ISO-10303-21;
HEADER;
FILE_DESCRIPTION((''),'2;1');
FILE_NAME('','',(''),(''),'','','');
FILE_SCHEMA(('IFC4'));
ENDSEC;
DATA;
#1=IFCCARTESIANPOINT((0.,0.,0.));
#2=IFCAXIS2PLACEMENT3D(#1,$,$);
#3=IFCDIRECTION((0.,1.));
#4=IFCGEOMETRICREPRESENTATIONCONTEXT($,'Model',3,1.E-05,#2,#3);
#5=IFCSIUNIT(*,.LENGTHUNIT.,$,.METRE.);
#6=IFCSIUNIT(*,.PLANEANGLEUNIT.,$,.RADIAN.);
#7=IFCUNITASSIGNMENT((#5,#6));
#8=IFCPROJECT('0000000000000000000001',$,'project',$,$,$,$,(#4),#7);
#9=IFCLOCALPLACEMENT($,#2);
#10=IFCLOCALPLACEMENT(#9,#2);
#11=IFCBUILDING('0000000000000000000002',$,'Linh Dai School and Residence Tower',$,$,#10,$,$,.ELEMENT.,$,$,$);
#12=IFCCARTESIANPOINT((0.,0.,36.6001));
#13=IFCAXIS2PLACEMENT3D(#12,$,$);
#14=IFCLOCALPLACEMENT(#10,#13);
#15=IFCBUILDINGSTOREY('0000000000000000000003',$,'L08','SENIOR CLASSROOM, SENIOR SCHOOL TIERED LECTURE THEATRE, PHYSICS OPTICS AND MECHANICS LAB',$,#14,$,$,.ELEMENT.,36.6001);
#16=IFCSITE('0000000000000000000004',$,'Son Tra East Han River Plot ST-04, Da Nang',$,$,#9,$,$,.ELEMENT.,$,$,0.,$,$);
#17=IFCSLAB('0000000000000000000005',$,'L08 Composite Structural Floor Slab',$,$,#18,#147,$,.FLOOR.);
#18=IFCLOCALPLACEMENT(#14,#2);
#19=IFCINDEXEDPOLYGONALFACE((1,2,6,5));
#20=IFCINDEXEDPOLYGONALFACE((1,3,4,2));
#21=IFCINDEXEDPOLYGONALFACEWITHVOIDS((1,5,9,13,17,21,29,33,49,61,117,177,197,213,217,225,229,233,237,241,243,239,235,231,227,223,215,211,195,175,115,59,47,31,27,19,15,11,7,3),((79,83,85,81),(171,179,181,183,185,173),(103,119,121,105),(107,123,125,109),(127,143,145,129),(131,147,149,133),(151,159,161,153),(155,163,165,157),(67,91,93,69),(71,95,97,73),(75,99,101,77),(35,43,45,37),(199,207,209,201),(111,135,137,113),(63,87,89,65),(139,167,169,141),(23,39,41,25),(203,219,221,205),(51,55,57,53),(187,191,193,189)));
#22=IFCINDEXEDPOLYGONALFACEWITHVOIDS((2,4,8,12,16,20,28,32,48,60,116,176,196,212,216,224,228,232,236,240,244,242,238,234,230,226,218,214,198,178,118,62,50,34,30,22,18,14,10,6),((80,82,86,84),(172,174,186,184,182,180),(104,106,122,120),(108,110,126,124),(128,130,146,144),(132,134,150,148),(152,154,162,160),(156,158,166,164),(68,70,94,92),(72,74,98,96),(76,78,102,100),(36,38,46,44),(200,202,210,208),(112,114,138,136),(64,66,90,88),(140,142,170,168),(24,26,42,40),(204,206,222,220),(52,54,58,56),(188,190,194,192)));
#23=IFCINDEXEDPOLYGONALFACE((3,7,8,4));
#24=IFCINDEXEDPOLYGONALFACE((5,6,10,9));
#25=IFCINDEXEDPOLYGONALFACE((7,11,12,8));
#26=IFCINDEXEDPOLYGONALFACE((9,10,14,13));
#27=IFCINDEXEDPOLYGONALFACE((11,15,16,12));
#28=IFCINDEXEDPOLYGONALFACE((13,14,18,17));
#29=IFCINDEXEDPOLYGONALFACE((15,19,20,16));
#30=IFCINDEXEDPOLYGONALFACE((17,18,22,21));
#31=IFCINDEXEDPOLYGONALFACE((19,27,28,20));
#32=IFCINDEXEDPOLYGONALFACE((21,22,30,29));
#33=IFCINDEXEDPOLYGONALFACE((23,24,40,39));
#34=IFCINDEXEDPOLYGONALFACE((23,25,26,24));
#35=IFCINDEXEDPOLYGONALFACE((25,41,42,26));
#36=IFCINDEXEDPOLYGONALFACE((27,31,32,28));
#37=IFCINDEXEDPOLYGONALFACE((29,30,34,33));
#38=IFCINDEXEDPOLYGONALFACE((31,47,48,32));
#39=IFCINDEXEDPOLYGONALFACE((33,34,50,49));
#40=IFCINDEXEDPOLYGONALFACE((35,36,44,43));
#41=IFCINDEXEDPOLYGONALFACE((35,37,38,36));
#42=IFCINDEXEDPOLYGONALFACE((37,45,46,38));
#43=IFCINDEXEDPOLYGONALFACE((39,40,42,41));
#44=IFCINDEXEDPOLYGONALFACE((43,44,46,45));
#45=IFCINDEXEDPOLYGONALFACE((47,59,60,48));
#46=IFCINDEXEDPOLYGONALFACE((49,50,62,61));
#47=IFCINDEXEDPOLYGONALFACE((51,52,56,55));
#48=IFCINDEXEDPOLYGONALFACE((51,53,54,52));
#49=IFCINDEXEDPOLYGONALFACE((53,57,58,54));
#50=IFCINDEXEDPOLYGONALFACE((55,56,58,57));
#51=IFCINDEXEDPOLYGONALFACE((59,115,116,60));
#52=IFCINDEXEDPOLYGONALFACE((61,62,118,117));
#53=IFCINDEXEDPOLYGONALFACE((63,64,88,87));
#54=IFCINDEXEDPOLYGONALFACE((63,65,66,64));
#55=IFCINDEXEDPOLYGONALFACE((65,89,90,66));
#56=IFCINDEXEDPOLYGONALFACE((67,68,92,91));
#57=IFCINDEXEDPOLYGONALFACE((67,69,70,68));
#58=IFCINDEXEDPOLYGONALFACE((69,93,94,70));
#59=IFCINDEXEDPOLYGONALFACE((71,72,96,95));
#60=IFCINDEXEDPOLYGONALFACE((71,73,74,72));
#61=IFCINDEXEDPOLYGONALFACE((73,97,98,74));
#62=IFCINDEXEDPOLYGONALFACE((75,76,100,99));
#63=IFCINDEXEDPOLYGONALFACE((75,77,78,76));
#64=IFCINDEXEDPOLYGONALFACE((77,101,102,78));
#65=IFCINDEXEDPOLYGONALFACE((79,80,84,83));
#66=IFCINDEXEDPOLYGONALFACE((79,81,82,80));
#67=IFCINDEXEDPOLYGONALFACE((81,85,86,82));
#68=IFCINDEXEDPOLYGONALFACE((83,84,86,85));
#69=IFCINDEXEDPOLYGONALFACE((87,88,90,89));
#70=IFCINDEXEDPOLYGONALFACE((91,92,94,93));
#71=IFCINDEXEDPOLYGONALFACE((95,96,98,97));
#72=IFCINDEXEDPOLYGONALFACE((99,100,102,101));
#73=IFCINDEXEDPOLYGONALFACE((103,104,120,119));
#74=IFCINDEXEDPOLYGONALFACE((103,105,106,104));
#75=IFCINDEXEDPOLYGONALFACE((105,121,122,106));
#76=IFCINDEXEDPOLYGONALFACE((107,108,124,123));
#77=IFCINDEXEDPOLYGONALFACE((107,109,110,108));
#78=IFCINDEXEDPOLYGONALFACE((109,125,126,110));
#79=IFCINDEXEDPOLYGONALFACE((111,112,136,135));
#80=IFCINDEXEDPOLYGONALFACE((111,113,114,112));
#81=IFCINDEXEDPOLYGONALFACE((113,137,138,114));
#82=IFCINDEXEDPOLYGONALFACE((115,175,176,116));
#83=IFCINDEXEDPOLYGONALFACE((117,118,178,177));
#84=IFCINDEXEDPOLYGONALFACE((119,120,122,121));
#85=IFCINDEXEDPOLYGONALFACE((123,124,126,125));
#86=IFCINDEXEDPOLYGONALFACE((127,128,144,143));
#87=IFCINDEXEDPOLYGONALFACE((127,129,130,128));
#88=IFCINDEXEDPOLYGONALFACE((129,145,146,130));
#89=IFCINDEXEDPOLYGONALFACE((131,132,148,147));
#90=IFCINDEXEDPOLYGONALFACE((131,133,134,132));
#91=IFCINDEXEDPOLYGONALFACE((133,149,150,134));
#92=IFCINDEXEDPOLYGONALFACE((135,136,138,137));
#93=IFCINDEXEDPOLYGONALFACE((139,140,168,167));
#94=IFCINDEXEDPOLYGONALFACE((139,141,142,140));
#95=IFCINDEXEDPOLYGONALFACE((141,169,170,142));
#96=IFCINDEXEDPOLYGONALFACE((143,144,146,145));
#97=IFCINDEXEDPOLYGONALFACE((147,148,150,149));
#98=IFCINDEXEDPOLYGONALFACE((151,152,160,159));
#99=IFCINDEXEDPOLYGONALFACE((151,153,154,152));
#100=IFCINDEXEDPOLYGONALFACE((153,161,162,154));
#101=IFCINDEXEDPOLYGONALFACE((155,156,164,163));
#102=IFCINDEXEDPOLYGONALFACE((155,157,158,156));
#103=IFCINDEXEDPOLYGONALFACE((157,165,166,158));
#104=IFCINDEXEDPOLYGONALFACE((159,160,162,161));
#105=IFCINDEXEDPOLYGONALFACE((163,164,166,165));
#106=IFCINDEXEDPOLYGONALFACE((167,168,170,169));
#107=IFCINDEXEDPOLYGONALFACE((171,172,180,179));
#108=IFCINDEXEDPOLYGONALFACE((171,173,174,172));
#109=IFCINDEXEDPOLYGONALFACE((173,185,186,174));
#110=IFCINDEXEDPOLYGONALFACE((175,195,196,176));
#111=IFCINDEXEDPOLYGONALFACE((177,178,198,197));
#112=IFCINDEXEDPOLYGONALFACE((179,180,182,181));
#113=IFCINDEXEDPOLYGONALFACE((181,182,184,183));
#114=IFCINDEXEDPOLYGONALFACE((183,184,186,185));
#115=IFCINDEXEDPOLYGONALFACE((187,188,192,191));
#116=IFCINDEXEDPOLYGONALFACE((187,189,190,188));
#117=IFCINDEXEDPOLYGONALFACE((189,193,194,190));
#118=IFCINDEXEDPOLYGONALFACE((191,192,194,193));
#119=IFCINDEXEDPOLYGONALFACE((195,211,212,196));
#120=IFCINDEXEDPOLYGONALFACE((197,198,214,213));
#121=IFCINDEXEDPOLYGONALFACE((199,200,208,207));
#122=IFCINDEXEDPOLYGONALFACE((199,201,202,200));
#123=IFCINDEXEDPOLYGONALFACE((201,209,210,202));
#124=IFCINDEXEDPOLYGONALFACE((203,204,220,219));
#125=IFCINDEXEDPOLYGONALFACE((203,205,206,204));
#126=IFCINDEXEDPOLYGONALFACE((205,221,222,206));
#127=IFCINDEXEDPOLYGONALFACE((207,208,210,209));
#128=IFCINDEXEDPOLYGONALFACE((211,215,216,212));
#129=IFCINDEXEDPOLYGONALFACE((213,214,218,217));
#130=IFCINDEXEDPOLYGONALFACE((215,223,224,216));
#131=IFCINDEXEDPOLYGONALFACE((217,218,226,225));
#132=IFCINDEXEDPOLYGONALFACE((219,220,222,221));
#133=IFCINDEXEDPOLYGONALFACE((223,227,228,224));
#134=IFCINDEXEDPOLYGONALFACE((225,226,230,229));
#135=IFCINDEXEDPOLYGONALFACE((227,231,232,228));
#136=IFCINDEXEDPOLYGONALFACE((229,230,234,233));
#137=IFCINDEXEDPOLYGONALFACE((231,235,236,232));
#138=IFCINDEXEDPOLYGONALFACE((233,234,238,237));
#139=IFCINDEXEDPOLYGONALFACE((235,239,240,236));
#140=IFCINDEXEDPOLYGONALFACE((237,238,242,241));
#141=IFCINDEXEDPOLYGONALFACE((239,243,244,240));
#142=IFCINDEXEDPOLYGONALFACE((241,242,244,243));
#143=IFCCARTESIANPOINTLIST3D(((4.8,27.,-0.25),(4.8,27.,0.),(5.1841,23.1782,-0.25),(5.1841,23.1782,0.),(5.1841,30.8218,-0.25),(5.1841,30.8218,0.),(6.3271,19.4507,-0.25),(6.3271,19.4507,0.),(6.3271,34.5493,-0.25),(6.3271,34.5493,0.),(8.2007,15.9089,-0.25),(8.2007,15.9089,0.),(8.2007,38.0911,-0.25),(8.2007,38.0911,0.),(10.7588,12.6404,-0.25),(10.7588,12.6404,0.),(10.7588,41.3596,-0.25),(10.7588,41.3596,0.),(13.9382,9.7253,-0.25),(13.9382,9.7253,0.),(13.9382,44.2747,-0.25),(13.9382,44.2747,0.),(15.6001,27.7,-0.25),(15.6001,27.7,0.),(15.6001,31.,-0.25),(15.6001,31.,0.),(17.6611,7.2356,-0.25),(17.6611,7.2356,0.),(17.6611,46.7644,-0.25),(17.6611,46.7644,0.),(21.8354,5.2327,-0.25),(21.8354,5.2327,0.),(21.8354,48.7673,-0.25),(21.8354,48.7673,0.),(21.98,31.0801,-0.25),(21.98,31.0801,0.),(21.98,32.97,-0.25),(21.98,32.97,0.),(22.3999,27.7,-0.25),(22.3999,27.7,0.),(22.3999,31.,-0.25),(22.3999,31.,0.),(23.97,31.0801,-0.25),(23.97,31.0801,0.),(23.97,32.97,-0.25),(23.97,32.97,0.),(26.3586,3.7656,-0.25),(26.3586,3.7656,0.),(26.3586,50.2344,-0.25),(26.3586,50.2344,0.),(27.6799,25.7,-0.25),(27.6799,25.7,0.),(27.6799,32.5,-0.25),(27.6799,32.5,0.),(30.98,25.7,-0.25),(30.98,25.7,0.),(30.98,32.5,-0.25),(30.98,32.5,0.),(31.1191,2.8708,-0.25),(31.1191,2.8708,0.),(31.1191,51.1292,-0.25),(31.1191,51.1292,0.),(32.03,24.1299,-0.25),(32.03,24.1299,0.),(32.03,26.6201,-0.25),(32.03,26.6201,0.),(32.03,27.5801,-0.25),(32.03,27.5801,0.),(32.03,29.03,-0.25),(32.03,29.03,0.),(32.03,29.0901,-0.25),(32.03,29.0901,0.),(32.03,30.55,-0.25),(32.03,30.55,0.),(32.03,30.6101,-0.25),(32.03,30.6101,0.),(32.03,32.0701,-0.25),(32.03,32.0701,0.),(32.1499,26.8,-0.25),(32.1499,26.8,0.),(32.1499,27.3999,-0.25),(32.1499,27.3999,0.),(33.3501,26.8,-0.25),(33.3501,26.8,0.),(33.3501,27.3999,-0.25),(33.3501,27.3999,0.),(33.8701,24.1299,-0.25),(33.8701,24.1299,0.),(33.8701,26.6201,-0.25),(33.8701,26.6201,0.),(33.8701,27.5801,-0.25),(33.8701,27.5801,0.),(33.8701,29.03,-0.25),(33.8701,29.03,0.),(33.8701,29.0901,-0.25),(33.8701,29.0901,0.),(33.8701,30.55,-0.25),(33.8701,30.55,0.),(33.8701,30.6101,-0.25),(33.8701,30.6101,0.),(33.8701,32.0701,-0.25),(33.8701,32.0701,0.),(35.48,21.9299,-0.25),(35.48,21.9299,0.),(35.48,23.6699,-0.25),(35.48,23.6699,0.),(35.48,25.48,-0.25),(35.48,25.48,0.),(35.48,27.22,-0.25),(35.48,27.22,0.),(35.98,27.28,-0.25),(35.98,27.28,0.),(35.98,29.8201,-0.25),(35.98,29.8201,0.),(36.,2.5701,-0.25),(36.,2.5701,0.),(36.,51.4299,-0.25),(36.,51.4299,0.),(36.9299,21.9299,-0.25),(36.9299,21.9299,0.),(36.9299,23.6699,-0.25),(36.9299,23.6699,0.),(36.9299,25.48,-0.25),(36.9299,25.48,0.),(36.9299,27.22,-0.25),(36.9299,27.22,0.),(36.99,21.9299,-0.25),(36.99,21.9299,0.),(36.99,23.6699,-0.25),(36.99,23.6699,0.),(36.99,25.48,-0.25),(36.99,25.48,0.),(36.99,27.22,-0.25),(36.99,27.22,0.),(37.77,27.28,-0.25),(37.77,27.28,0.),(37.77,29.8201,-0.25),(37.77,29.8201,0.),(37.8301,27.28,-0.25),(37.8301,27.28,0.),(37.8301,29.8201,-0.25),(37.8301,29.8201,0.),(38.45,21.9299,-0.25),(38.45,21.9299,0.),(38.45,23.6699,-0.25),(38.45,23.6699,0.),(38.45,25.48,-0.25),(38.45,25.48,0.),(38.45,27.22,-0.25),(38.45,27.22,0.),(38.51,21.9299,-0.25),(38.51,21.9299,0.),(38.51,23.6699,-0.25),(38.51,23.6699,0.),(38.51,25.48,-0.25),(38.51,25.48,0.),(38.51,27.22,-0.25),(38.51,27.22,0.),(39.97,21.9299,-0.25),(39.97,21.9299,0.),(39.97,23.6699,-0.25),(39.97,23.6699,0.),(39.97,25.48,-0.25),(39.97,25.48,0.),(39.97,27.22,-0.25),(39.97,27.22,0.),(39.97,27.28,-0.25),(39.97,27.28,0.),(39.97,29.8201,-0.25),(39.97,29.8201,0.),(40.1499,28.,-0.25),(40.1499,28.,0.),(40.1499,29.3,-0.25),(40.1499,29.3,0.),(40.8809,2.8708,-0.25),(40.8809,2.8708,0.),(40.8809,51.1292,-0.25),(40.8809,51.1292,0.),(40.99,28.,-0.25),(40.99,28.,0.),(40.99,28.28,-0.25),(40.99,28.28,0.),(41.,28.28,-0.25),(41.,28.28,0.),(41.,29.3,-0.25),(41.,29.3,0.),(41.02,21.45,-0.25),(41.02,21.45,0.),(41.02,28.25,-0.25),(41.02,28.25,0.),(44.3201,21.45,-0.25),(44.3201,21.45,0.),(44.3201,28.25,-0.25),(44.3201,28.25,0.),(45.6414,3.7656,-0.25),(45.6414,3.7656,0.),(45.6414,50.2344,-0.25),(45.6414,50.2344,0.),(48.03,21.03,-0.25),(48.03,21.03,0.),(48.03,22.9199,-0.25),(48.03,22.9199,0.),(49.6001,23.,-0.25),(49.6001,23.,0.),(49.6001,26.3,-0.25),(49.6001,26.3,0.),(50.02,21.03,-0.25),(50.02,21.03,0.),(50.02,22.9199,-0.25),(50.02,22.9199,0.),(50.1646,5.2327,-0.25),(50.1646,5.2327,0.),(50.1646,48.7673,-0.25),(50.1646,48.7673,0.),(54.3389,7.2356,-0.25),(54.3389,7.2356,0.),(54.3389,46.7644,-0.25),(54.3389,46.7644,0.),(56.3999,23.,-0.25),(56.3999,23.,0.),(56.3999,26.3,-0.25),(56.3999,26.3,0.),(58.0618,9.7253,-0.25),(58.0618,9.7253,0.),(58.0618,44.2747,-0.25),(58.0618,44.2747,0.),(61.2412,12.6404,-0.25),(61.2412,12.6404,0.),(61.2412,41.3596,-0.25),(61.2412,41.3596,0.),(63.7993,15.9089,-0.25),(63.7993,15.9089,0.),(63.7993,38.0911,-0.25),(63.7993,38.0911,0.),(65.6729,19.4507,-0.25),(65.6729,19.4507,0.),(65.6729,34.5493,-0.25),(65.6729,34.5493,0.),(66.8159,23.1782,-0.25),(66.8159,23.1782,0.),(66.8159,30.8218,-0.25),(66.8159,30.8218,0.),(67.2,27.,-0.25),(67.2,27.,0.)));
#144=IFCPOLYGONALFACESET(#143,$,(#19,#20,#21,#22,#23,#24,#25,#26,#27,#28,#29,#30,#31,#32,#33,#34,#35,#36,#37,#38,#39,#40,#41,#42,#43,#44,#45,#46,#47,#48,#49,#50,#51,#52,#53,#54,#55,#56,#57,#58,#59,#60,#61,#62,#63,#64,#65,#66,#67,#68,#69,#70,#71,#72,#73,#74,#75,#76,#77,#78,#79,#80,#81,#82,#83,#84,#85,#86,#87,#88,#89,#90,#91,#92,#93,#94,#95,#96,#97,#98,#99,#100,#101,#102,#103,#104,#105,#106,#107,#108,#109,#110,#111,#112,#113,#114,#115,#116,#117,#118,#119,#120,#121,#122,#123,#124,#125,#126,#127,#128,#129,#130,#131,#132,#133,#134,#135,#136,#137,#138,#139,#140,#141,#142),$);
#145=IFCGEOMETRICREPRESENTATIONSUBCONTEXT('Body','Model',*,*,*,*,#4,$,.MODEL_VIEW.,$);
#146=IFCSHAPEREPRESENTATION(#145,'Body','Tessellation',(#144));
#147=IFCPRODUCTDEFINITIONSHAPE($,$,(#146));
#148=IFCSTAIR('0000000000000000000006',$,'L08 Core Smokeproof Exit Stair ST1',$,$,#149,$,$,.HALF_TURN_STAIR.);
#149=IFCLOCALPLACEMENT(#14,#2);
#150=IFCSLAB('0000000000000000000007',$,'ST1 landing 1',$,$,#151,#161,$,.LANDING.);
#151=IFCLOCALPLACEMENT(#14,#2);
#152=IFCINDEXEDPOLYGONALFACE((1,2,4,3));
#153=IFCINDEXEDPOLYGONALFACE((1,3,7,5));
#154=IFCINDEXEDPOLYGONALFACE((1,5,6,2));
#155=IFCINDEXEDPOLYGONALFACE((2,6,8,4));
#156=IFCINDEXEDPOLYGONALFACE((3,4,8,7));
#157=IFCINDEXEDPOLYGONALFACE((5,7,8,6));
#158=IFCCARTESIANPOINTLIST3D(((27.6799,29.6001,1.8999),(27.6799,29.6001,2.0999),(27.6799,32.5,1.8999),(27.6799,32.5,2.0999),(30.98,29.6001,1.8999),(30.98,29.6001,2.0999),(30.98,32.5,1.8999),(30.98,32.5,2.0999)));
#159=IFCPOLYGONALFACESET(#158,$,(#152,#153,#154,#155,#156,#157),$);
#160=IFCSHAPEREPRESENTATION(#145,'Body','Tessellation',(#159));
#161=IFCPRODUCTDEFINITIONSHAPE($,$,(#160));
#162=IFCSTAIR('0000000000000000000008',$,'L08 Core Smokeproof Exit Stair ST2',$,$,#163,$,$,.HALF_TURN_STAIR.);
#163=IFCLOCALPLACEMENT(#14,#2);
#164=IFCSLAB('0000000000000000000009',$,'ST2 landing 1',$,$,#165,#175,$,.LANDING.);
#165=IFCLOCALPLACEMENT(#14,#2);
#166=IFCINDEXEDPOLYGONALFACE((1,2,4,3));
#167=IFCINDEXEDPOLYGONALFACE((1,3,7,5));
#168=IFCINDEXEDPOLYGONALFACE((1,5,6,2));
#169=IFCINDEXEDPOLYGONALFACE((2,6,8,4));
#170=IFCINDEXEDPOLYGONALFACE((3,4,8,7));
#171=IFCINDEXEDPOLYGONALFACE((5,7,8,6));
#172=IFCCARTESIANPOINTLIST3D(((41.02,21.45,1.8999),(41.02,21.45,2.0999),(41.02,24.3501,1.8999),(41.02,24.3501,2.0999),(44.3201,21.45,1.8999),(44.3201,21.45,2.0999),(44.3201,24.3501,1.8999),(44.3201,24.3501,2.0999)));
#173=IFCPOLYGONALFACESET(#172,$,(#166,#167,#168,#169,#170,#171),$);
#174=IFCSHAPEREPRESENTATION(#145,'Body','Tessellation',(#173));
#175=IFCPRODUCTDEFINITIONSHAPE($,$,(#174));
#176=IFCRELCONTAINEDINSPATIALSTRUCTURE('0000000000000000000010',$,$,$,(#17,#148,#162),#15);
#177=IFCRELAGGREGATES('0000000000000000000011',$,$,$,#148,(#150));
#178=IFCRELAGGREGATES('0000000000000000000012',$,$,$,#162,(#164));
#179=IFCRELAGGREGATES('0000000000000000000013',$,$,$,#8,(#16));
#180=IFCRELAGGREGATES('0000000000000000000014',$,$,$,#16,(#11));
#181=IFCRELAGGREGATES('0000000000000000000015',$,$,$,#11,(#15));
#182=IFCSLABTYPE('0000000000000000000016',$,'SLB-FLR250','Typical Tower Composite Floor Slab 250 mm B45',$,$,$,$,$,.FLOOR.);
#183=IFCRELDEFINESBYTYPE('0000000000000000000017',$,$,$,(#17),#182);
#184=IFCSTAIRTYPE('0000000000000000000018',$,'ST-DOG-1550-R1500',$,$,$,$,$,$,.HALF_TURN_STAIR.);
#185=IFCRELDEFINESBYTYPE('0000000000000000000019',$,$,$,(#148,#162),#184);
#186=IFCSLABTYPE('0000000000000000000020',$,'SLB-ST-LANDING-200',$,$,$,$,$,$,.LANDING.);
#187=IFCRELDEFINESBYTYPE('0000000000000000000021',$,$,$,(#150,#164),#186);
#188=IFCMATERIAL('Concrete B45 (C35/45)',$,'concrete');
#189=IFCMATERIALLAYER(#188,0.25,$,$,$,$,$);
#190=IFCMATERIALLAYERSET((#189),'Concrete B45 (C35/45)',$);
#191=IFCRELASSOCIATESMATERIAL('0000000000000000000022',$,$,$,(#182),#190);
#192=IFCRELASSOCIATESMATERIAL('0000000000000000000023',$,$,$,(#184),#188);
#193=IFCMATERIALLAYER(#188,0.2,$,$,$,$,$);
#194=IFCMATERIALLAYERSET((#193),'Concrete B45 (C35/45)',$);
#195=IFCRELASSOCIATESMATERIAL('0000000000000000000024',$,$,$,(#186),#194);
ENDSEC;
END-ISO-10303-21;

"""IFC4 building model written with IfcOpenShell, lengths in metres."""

from ifc_helpers import new_model, si_unit, direction, frame, origin, place, context, subcontext, project, spatial, polyline, outline, extrude, material, layer, layer_set, type_object, element, aggregate, save


model = new_model("IFC4")

# Units and contexts
model_context = context("Model", 3, precision=1e-05, world=origin(), true_north=direction((0.0, 1.0)))
body_context = subcontext(model_context, "Body", "Model", "MODEL_VIEW")
ifc_project = project(units=[si_unit("LENGTHUNIT", "METRE"), si_unit("PLANEANGLEUNIT", "RADIAN")], contexts=[model_context])

# Site, building, storey
site_placement = place(None, origin())
site = spatial("IfcSite", under=ifc_project, at=site_placement, Name="Son Tra East Han River Plot ST-04, Da Nang", CompositionType="ELEMENT", RefElevation=0.0)
building_placement = place(site_placement, origin())
building = spatial("IfcBuilding", under=site, at=building_placement, Name="Linh Dai School and Residence Tower", CompositionType="ELEMENT")
storey_placement = place(building_placement, frame((0.0, 0.0, 36.6001)))
storey = spatial("IfcBuildingStorey", under=building, at=storey_placement, Name="L08", Description="SENIOR CLASSROOM, SENIOR SCHOOL TIERED LECTURE THEATRE, PHYSICS OPTICS AND MECHANICS LAB", CompositionType="ELEMENT", Elevation=36.6001)

# Slab
ifc_material_1 = material(Name="Concrete B45 (C35/45)", Category="concrete")
ifc_layer_1 = layer(ifc_material_1, 0.25)
ifc_layer_set_1 = layer_set([ifc_layer_1], Name="Concrete B45 (C35/45)")
slab_type_1 = type_object("IfcSlabType", Name="SLB-FLR250", Description="Typical Tower Composite Floor Slab 250 mm B45", PredefinedType="FLOOR", material=ifc_layer_set_1)
slab_1_placement = place(storey_placement, frame((0.0, 0.0, -0.25)))
element("IfcSlab", 1, at=slab_1_placement, inside=storey, type_object=slab_type_1, Name="L08 Composite Structural Floor Slab", PredefinedType="FLOOR", context=body_context, shape_type="SweptSolid", body=[
    extrude(outline(polyline([(67.2, 27.0), (66.8159, 30.8218), (65.6729, 34.5493), (63.7993, 38.0911), (61.2412, 41.3596), (58.0618, 44.2747), (54.3389, 46.7644), (50.1646, 48.7673), (45.6414, 50.2344), (40.8809, 51.1292), (36.0, 51.4299), (31.1191, 51.1292), (26.3586, 50.2344), (21.8354, 48.7673), (17.6611, 46.7644), (13.9382, 44.2747), (10.7588, 41.3596), (8.2007, 38.0911), (6.3271, 34.5493), (5.1841, 30.8218), (4.8, 27.0), (5.1841, 23.1782), (6.3271, 19.4507), (8.2007, 15.9089), (10.7588, 12.6404), (13.9382, 9.7253), (17.6611, 7.2356), (21.8354, 5.2327), (26.3586, 3.7656), (31.1191, 2.8708), (36.0, 2.5701), (40.8809, 2.8708), (45.6414, 3.7656), (50.1646, 5.2327), (54.3389, 7.2356), (58.0618, 9.7253), (61.2412, 12.6404), (63.7993, 15.9089), (65.6729, 19.4507), (66.8159, 23.1782), (67.2, 27.0)]), holes=[polyline([(30.98, 25.7), (30.98, 32.5), (27.6799, 32.5), (27.6799, 25.7), (30.98, 25.7)]), polyline([(41.02, 28.25), (41.02, 21.45), (44.3201, 21.45), (44.3201, 28.25), (41.02, 28.25)]), polyline([(22.3999, 31.0), (15.6001, 31.0), (15.6001, 27.7), (22.3999, 27.7), (22.3999, 31.0)]), polyline([(49.6001, 23.0), (56.3999, 23.0), (56.3999, 26.3), (49.6001, 26.3), (49.6001, 23.0)]), polyline([(35.98, 27.28), (37.77, 27.28), (37.77, 29.8201), (35.98, 29.8201), (35.98, 27.28)]), polyline([(32.03, 24.1299), (33.8701, 24.1299), (33.8701, 26.6201), (32.03, 26.6201), (32.03, 24.1299)]), polyline([(37.8301, 27.28), (39.97, 27.28), (39.97, 29.8201), (37.8301, 29.8201), (37.8301, 27.28)]), polyline([(35.48, 21.9299), (36.9299, 21.9299), (36.9299, 23.6699), (35.48, 23.6699), (35.48, 21.9299)]), polyline([(36.99, 21.9299), (38.45, 21.9299), (38.45, 23.6699), (36.99, 23.6699), (36.99, 21.9299)]), polyline([(38.51, 21.9299), (39.97, 21.9299), (39.97, 23.6699), (38.51, 23.6699), (38.51, 21.9299)]), polyline([(32.03, 27.5801), (33.8701, 27.5801), (33.8701, 29.03), (32.03, 29.03), (32.03, 27.5801)]), polyline([(32.03, 29.0901), (33.8701, 29.0901), (33.8701, 30.55), (32.03, 30.55), (32.03, 29.0901)]), polyline([(32.03, 30.6101), (33.8701, 30.6101), (33.8701, 32.0701), (32.03, 32.0701), (32.03, 30.6101)]), polyline([(35.48, 25.48), (36.9299, 25.48), (36.9299, 27.22), (35.48, 27.22), (35.48, 25.48)]), polyline([(36.99, 25.48), (38.45, 25.48), (38.45, 27.22), (36.99, 27.22), (36.99, 25.48)]), polyline([(38.51, 25.48), (39.97, 25.48), (39.97, 27.22), (38.51, 27.22), (38.51, 25.48)]), polyline([(21.98, 31.0801), (23.97, 31.0801), (23.97, 32.97), (21.98, 32.97), (21.98, 31.0801)]), polyline([(48.03, 21.03), (50.02, 21.03), (50.02, 22.9199), (48.03, 22.9199), (48.03, 21.03)]), polyline([(40.1499, 28.0), (40.1499, 29.3), (41.0, 29.3), (41.0, 28.28), (40.99, 28.28), (40.99, 28.0), (40.1499, 28.0)]), polyline([(32.1499, 26.8), (33.3501, 26.8), (33.3501, 27.3999), (32.1499, 27.3999), (32.1499, 26.8)])]), origin(), (0.0, 0.0, 1.0), 0.25),
])

# Stairs, slabs
stair_type = type_object("IfcStairType", Name="ST-DOG-1550-R1500", PredefinedType="HALF_TURN_STAIR", material=ifc_material_1)
stair_1_placement = place(storey_placement, origin())
stair_1 = element("IfcStair", 2, at=stair_1_placement, inside=storey, type_object=stair_type, Name="L08 Core Smokeproof Exit Stair ST1", PredefinedType="HALF_TURN_STAIR")
ifc_layer_2 = layer(ifc_material_1, 0.2)
ifc_layer_set_2 = layer_set([ifc_layer_2], Name="Concrete B45 (C35/45)")
slab_type_2 = type_object("IfcSlabType", Name="SLB-ST-LANDING-200", PredefinedType="LANDING", material=ifc_layer_set_2)
slab_2_placement = place(storey_placement, frame((0.0, 0.0, 1.8999)))
slab_2 = element("IfcSlab", 3, at=slab_2_placement, type_object=slab_type_2, Name="ST1 landing 1", PredefinedType="LANDING", context=body_context, shape_type="SweptSolid", body=[
    extrude(outline(polyline([(30.98, 29.6001), (30.98, 32.5), (27.6799, 32.5), (27.6799, 29.6001), (30.98, 29.6001)])), origin(), (0.0, 0.0, 1.0), 0.2),
])
aggregate(stair_1, [slab_2])
stair_2_placement = place(storey_placement, origin())
stair_2 = element("IfcStair", 4, at=stair_2_placement, inside=storey, type_object=stair_type, Name="L08 Core Smokeproof Exit Stair ST2", PredefinedType="HALF_TURN_STAIR")
slab_3_placement = place(storey_placement, frame((0.0, 0.0, 1.8999)))
slab_3 = element("IfcSlab", 5, at=slab_3_placement, type_object=slab_type_2, Name="ST2 landing 1", PredefinedType="LANDING", context=body_context, shape_type="SweptSolid", body=[
    extrude(outline(polyline([(41.02, 24.3501), (41.02, 21.45), (44.3201, 21.45), (44.3201, 24.3501), (41.02, 24.3501)])), origin(), (0.0, 0.0, 1.0), 0.2),
])
aggregate(stair_2, [slab_3])

save(model, "model.ifc")
